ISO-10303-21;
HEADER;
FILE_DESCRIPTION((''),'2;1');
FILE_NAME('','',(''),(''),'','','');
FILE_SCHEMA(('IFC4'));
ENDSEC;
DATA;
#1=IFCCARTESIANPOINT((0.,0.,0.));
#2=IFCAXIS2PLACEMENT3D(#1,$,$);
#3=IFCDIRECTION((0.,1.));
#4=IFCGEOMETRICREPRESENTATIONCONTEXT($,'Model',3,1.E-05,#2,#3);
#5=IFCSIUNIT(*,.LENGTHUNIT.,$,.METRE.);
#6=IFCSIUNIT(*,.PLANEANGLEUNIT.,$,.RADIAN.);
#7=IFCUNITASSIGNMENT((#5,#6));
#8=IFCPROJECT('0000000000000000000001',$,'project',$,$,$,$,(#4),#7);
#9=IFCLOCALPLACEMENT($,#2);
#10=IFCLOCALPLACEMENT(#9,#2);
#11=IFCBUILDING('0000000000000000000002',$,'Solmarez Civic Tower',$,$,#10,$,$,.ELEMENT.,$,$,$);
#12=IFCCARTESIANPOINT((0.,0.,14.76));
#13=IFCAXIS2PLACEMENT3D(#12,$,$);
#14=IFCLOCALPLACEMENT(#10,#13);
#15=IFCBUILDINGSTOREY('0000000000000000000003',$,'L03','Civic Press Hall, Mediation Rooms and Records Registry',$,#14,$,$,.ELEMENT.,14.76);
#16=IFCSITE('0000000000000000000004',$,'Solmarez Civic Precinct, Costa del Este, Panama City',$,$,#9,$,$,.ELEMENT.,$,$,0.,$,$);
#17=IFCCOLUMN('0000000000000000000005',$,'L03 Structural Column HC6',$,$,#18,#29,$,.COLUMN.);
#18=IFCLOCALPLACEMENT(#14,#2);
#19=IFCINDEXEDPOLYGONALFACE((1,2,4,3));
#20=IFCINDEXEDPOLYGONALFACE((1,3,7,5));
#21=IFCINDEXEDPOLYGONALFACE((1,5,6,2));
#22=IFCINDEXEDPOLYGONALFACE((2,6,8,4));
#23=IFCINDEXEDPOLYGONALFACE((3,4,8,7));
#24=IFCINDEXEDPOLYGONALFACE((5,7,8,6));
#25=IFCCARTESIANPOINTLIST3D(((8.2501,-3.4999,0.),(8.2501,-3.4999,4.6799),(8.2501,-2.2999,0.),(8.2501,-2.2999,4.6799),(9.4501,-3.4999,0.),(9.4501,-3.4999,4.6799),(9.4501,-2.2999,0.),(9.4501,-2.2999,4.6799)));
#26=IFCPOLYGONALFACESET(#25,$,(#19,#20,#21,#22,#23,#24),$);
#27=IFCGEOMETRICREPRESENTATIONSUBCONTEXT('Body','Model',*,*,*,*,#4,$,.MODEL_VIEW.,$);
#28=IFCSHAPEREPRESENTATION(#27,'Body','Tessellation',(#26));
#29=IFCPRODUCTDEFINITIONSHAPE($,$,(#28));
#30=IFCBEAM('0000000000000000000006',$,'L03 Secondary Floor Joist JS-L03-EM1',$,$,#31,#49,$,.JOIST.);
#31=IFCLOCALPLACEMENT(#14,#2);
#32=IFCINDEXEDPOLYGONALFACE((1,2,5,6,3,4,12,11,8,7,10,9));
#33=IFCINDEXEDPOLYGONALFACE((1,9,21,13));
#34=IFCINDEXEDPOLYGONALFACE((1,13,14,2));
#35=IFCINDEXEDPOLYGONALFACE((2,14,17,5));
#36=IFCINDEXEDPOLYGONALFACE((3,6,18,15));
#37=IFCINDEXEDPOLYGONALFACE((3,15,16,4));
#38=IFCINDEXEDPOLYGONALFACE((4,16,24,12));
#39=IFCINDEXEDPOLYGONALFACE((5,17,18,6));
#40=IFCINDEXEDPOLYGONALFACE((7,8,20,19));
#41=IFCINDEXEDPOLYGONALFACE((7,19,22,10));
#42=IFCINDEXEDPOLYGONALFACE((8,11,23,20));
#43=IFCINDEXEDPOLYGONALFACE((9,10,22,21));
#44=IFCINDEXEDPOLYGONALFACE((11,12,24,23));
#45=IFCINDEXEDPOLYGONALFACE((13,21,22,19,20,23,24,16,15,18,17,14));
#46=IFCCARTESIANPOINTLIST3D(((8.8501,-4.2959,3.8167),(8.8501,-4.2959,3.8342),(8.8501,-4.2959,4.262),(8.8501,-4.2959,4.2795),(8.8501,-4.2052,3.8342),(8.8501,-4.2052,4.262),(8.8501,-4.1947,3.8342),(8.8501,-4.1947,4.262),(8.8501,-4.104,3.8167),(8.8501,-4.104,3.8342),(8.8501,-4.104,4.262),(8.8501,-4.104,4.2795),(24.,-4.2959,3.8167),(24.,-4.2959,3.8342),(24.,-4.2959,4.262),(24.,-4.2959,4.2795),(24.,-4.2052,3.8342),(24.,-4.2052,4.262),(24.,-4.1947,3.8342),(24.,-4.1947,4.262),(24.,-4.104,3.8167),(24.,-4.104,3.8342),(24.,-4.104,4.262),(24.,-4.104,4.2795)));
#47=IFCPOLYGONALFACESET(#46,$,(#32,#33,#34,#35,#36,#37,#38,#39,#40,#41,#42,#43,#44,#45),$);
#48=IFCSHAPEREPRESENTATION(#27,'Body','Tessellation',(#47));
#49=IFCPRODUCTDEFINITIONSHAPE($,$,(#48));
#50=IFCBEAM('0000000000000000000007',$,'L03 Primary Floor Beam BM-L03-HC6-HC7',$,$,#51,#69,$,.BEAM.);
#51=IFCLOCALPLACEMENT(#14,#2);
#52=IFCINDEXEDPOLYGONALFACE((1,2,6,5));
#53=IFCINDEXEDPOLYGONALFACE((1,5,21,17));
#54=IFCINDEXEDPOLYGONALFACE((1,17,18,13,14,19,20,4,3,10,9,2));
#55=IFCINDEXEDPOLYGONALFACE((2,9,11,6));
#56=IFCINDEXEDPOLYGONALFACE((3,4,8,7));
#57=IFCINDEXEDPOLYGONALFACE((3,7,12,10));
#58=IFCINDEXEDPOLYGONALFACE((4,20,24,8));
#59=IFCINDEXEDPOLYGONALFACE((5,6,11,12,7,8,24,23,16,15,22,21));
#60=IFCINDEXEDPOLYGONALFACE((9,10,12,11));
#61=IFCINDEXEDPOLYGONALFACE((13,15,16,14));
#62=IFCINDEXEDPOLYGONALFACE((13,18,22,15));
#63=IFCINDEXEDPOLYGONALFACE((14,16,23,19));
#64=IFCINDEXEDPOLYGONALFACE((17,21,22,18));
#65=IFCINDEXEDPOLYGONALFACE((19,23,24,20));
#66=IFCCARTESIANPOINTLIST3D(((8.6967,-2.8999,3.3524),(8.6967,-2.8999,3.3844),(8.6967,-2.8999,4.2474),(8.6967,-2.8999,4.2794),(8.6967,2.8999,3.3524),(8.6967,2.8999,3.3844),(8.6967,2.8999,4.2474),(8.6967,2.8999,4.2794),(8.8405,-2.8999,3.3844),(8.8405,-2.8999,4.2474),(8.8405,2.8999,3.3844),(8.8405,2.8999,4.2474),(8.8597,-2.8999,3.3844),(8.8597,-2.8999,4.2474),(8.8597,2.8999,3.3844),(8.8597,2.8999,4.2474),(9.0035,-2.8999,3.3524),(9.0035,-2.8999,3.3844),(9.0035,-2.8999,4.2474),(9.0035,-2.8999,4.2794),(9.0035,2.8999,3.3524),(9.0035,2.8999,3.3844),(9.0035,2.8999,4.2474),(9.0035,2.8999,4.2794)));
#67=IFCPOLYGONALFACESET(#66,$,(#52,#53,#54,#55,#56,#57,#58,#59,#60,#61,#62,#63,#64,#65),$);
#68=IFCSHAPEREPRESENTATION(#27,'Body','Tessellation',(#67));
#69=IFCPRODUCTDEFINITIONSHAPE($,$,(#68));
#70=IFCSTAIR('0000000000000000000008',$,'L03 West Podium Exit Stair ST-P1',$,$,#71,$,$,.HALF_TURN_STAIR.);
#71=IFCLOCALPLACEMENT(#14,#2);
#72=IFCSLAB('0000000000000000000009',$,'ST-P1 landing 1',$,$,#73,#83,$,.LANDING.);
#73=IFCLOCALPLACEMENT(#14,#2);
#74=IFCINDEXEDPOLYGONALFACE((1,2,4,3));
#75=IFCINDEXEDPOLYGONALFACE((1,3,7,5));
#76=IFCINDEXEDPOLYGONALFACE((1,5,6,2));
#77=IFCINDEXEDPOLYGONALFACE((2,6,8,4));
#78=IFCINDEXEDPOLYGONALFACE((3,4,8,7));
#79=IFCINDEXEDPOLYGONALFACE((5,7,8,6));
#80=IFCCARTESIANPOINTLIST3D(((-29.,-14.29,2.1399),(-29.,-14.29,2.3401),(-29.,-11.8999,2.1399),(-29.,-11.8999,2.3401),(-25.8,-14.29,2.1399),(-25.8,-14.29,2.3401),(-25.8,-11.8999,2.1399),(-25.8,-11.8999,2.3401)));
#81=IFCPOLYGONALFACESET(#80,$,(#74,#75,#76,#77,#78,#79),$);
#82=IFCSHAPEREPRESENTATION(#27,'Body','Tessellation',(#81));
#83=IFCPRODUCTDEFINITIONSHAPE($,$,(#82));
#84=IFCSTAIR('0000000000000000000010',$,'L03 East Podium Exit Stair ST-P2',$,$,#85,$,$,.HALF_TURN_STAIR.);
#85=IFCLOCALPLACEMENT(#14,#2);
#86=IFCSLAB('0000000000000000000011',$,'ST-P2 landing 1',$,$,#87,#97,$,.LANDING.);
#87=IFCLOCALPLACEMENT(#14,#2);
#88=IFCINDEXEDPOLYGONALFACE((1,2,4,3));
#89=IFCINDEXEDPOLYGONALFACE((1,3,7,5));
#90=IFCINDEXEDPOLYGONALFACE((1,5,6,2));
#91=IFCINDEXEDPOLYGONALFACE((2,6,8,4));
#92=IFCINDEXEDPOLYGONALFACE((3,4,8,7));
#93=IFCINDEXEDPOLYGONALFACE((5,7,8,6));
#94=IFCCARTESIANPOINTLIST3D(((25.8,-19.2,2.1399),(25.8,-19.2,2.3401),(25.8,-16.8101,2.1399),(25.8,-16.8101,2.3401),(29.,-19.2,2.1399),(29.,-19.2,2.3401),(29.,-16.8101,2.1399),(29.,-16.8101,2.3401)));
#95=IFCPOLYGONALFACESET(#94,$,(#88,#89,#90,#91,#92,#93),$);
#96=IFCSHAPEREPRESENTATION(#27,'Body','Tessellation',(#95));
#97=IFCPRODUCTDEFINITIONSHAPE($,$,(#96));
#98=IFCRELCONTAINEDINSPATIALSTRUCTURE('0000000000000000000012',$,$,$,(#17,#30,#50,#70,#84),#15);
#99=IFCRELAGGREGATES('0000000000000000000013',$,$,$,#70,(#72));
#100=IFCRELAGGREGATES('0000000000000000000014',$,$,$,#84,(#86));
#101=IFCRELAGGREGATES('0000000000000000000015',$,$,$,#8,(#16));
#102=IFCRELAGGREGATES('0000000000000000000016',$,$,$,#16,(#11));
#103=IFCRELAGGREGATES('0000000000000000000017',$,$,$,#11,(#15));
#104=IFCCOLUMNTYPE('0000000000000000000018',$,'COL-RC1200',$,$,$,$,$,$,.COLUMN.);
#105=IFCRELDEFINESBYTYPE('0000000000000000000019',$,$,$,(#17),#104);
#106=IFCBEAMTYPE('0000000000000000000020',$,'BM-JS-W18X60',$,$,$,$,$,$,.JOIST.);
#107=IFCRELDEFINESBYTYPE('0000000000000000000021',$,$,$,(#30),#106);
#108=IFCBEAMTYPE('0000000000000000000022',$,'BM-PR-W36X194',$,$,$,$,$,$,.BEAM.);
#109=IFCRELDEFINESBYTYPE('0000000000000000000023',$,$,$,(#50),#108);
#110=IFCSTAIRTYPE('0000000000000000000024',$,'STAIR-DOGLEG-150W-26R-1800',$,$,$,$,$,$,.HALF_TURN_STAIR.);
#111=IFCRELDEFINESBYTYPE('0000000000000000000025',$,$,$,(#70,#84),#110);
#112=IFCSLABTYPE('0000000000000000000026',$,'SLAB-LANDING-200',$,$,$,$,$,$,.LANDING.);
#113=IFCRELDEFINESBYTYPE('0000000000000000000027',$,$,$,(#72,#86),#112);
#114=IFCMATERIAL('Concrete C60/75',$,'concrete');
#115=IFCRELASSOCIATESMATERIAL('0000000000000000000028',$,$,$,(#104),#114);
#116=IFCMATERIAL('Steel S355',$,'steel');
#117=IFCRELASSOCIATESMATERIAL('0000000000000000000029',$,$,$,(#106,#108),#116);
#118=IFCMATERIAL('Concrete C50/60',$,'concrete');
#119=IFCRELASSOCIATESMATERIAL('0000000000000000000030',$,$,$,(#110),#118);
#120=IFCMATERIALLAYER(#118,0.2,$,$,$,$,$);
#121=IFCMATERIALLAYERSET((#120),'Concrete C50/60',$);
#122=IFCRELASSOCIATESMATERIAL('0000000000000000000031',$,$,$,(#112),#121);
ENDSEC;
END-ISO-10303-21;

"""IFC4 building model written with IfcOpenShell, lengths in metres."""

from ifc_helpers import new_model, si_unit, direction, frame, origin, origin_2d, place, context, subcontext, project, spatial, polyline, rectangle, i_section, outline, extrude, material, layer, layer_set, material_profile, profile_set, type_object, element, aggregate, save


model = new_model("IFC4")

# Units and contexts
model_context = context("Model", 3, precision=1e-05, world=origin(), true_north=direction((0.0, 1.0)))
body_context = subcontext(model_context, "Body", "Model", "MODEL_VIEW")
ifc_project = project(units=[si_unit("LENGTHUNIT", "METRE"), si_unit("PLANEANGLEUNIT", "RADIAN")], contexts=[model_context])

# Site, building, storey
site_placement = place(None, origin())
site = spatial("IfcSite", under=ifc_project, at=site_placement, Name="Solmarez Civic Precinct, Costa del Este, Panama City", CompositionType="ELEMENT", RefElevation=0.0)
building_placement = place(site_placement, origin())
building = spatial("IfcBuilding", under=site, at=building_placement, Name="Solmarez Civic Tower", CompositionType="ELEMENT")
storey_placement = place(building_placement, frame((0.0, 0.0, 14.76)))
storey = spatial("IfcBuildingStorey", under=building, at=storey_placement, Name="L03", Description="Civic Press Hall, Mediation Rooms and Records Registry", CompositionType="ELEMENT", Elevation=14.76)

# Column
ifc_material_1 = material(Name="Concrete C60/75", Category="concrete")
ifc_material_profile_1 = material_profile(ifc_material_1, rectangle(XDim=1.2, YDim=1.2, at=origin_2d()), Name="RC1200X1200")
ifc_profile_set_1 = profile_set([ifc_material_profile_1], Name="Concrete C60/75")
column_type = type_object("IfcColumnType", Name="COL-RC1200", PredefinedType="COLUMN", material=ifc_profile_set_1)
column_placement = place(storey_placement, frame((8.8501, -2.8999, 0.0), z_axis=(0.0, 0.0, 1.0), x_axis=(1.0, 0.0, 0.0)))
element("IfcColumn", 1, at=column_placement, inside=storey, type_object=column_type, Name="L03 Structural Column HC6", PredefinedType="COLUMN", context=body_context, shape_type="SweptSolid", body=[
    extrude(rectangle(XDim=1.2, YDim=1.2, at=origin_2d()), origin(), (0.0, 0.0, 1.0), 4.6799),
])

# Beams
ifc_material_2 = material(Name="Steel S355", Category="steel")
ifc_material_profile_2 = material_profile(ifc_material_2, i_section(OverallWidth=0.1919, OverallDepth=0.4629, WebThickness=0.0105, FlangeThickness=0.0176, at=origin_2d()), Name="W18X60")
ifc_profile_set_2 = profile_set([ifc_material_profile_2], Name="Steel S355")
beam_type_1 = type_object("IfcBeamType", Name="BM-JS-W18X60", PredefinedType="JOIST", material=ifc_profile_set_2)
beam_1_placement = place(storey_placement, frame((8.8501, -4.2, 4.0481), z_axis=(1.0, 0.0, 0.0), x_axis=(0.0, 1.0, 0.0)))
element("IfcBeam", 2, at=beam_1_placement, inside=storey, type_object=beam_type_1, Name="L03 Secondary Floor Joist JS-L03-EM1", PredefinedType="JOIST", context=body_context, shape_type="SweptSolid", body=[
    extrude(i_section(OverallWidth=0.1919, OverallDepth=0.4629, WebThickness=0.0105, FlangeThickness=0.0176, at=origin_2d()), origin(), (0.0, 0.0, 1.0), 15.1499),
])
ifc_material_profile_3 = material_profile(ifc_material_2, i_section(OverallWidth=0.3069, OverallDepth=0.927, WebThickness=0.0193, FlangeThickness=0.032, at=origin_2d()), Name="W36X194")
ifc_profile_set_3 = profile_set([ifc_material_profile_3], Name="Steel S355")
beam_type_2 = type_object("IfcBeamType", Name="BM-PR-W36X194", PredefinedType="BEAM", material=ifc_profile_set_3)
beam_2_placement = place(storey_placement, frame((8.8501, -2.8999, 3.8159), z_axis=(0.0, 1.0, 0.0), x_axis=(-1.0, 0.0, 0.0)))
element("IfcBeam", 3, at=beam_2_placement, inside=storey, type_object=beam_type_2, Name="L03 Primary Floor Beam BM-L03-HC6-HC7", PredefinedType="BEAM", context=body_context, shape_type="SweptSolid", body=[
    extrude(i_section(OverallWidth=0.3069, OverallDepth=0.927, WebThickness=0.0193, FlangeThickness=0.032, at=origin_2d()), origin(), (0.0, 0.0, 1.0), 5.7998),
])

# Stairs, slabs
ifc_material_3 = material(Name="Concrete C50/60", Category="concrete")
stair_type = type_object("IfcStairType", Name="STAIR-DOGLEG-150W-26R-1800", PredefinedType="HALF_TURN_STAIR", material=ifc_material_3)
stair_1_placement = place(storey_placement, origin())
stair_1 = element("IfcStair", 4, at=stair_1_placement, inside=storey, type_object=stair_type, Name="L03 West Podium Exit Stair ST-P1", PredefinedType="HALF_TURN_STAIR")
ifc_layer_1 = layer(ifc_material_3, 0.2)
ifc_layer_set_1 = layer_set([ifc_layer_1], Name="Concrete C50/60")
slab_type = type_object("IfcSlabType", Name="SLAB-LANDING-200", PredefinedType="LANDING", material=ifc_layer_set_1)
slab_1_placement = place(storey_placement, frame((0.0, 0.0, 2.1399)))
slab_1 = element("IfcSlab", 5, at=slab_1_placement, type_object=slab_type, Name="ST-P1 landing 1", PredefinedType="LANDING", context=body_context, shape_type="SweptSolid", body=[
    extrude(outline(polyline([(-25.8, -14.29), (-25.8, -11.8999), (-29.0, -11.8999), (-29.0, -14.29), (-25.8, -14.29)])), origin(), (0.0, 0.0, 1.0), 0.2002),
])
aggregate(stair_1, [slab_1])
stair_2_placement = place(storey_placement, origin())
stair_2 = element("IfcStair", 6, at=stair_2_placement, inside=storey, type_object=stair_type, Name="L03 East Podium Exit Stair ST-P2", PredefinedType="HALF_TURN_STAIR")
slab_2_placement = place(storey_placement, frame((0.0, 0.0, 2.1399)))
slab_2 = element("IfcSlab", 7, at=slab_2_placement, type_object=slab_type, Name="ST-P2 landing 1", PredefinedType="LANDING", context=body_context, shape_type="SweptSolid", body=[
    extrude(outline(polyline([(25.8, -16.8101), (25.8, -19.2), (29.0, -19.2), (29.0, -16.8101), (25.8, -16.8101)])), origin(), (0.0, 0.0, 1.0), 0.2002),
])
aggregate(stair_2, [slab_2])

save(model, "model.ifc")
